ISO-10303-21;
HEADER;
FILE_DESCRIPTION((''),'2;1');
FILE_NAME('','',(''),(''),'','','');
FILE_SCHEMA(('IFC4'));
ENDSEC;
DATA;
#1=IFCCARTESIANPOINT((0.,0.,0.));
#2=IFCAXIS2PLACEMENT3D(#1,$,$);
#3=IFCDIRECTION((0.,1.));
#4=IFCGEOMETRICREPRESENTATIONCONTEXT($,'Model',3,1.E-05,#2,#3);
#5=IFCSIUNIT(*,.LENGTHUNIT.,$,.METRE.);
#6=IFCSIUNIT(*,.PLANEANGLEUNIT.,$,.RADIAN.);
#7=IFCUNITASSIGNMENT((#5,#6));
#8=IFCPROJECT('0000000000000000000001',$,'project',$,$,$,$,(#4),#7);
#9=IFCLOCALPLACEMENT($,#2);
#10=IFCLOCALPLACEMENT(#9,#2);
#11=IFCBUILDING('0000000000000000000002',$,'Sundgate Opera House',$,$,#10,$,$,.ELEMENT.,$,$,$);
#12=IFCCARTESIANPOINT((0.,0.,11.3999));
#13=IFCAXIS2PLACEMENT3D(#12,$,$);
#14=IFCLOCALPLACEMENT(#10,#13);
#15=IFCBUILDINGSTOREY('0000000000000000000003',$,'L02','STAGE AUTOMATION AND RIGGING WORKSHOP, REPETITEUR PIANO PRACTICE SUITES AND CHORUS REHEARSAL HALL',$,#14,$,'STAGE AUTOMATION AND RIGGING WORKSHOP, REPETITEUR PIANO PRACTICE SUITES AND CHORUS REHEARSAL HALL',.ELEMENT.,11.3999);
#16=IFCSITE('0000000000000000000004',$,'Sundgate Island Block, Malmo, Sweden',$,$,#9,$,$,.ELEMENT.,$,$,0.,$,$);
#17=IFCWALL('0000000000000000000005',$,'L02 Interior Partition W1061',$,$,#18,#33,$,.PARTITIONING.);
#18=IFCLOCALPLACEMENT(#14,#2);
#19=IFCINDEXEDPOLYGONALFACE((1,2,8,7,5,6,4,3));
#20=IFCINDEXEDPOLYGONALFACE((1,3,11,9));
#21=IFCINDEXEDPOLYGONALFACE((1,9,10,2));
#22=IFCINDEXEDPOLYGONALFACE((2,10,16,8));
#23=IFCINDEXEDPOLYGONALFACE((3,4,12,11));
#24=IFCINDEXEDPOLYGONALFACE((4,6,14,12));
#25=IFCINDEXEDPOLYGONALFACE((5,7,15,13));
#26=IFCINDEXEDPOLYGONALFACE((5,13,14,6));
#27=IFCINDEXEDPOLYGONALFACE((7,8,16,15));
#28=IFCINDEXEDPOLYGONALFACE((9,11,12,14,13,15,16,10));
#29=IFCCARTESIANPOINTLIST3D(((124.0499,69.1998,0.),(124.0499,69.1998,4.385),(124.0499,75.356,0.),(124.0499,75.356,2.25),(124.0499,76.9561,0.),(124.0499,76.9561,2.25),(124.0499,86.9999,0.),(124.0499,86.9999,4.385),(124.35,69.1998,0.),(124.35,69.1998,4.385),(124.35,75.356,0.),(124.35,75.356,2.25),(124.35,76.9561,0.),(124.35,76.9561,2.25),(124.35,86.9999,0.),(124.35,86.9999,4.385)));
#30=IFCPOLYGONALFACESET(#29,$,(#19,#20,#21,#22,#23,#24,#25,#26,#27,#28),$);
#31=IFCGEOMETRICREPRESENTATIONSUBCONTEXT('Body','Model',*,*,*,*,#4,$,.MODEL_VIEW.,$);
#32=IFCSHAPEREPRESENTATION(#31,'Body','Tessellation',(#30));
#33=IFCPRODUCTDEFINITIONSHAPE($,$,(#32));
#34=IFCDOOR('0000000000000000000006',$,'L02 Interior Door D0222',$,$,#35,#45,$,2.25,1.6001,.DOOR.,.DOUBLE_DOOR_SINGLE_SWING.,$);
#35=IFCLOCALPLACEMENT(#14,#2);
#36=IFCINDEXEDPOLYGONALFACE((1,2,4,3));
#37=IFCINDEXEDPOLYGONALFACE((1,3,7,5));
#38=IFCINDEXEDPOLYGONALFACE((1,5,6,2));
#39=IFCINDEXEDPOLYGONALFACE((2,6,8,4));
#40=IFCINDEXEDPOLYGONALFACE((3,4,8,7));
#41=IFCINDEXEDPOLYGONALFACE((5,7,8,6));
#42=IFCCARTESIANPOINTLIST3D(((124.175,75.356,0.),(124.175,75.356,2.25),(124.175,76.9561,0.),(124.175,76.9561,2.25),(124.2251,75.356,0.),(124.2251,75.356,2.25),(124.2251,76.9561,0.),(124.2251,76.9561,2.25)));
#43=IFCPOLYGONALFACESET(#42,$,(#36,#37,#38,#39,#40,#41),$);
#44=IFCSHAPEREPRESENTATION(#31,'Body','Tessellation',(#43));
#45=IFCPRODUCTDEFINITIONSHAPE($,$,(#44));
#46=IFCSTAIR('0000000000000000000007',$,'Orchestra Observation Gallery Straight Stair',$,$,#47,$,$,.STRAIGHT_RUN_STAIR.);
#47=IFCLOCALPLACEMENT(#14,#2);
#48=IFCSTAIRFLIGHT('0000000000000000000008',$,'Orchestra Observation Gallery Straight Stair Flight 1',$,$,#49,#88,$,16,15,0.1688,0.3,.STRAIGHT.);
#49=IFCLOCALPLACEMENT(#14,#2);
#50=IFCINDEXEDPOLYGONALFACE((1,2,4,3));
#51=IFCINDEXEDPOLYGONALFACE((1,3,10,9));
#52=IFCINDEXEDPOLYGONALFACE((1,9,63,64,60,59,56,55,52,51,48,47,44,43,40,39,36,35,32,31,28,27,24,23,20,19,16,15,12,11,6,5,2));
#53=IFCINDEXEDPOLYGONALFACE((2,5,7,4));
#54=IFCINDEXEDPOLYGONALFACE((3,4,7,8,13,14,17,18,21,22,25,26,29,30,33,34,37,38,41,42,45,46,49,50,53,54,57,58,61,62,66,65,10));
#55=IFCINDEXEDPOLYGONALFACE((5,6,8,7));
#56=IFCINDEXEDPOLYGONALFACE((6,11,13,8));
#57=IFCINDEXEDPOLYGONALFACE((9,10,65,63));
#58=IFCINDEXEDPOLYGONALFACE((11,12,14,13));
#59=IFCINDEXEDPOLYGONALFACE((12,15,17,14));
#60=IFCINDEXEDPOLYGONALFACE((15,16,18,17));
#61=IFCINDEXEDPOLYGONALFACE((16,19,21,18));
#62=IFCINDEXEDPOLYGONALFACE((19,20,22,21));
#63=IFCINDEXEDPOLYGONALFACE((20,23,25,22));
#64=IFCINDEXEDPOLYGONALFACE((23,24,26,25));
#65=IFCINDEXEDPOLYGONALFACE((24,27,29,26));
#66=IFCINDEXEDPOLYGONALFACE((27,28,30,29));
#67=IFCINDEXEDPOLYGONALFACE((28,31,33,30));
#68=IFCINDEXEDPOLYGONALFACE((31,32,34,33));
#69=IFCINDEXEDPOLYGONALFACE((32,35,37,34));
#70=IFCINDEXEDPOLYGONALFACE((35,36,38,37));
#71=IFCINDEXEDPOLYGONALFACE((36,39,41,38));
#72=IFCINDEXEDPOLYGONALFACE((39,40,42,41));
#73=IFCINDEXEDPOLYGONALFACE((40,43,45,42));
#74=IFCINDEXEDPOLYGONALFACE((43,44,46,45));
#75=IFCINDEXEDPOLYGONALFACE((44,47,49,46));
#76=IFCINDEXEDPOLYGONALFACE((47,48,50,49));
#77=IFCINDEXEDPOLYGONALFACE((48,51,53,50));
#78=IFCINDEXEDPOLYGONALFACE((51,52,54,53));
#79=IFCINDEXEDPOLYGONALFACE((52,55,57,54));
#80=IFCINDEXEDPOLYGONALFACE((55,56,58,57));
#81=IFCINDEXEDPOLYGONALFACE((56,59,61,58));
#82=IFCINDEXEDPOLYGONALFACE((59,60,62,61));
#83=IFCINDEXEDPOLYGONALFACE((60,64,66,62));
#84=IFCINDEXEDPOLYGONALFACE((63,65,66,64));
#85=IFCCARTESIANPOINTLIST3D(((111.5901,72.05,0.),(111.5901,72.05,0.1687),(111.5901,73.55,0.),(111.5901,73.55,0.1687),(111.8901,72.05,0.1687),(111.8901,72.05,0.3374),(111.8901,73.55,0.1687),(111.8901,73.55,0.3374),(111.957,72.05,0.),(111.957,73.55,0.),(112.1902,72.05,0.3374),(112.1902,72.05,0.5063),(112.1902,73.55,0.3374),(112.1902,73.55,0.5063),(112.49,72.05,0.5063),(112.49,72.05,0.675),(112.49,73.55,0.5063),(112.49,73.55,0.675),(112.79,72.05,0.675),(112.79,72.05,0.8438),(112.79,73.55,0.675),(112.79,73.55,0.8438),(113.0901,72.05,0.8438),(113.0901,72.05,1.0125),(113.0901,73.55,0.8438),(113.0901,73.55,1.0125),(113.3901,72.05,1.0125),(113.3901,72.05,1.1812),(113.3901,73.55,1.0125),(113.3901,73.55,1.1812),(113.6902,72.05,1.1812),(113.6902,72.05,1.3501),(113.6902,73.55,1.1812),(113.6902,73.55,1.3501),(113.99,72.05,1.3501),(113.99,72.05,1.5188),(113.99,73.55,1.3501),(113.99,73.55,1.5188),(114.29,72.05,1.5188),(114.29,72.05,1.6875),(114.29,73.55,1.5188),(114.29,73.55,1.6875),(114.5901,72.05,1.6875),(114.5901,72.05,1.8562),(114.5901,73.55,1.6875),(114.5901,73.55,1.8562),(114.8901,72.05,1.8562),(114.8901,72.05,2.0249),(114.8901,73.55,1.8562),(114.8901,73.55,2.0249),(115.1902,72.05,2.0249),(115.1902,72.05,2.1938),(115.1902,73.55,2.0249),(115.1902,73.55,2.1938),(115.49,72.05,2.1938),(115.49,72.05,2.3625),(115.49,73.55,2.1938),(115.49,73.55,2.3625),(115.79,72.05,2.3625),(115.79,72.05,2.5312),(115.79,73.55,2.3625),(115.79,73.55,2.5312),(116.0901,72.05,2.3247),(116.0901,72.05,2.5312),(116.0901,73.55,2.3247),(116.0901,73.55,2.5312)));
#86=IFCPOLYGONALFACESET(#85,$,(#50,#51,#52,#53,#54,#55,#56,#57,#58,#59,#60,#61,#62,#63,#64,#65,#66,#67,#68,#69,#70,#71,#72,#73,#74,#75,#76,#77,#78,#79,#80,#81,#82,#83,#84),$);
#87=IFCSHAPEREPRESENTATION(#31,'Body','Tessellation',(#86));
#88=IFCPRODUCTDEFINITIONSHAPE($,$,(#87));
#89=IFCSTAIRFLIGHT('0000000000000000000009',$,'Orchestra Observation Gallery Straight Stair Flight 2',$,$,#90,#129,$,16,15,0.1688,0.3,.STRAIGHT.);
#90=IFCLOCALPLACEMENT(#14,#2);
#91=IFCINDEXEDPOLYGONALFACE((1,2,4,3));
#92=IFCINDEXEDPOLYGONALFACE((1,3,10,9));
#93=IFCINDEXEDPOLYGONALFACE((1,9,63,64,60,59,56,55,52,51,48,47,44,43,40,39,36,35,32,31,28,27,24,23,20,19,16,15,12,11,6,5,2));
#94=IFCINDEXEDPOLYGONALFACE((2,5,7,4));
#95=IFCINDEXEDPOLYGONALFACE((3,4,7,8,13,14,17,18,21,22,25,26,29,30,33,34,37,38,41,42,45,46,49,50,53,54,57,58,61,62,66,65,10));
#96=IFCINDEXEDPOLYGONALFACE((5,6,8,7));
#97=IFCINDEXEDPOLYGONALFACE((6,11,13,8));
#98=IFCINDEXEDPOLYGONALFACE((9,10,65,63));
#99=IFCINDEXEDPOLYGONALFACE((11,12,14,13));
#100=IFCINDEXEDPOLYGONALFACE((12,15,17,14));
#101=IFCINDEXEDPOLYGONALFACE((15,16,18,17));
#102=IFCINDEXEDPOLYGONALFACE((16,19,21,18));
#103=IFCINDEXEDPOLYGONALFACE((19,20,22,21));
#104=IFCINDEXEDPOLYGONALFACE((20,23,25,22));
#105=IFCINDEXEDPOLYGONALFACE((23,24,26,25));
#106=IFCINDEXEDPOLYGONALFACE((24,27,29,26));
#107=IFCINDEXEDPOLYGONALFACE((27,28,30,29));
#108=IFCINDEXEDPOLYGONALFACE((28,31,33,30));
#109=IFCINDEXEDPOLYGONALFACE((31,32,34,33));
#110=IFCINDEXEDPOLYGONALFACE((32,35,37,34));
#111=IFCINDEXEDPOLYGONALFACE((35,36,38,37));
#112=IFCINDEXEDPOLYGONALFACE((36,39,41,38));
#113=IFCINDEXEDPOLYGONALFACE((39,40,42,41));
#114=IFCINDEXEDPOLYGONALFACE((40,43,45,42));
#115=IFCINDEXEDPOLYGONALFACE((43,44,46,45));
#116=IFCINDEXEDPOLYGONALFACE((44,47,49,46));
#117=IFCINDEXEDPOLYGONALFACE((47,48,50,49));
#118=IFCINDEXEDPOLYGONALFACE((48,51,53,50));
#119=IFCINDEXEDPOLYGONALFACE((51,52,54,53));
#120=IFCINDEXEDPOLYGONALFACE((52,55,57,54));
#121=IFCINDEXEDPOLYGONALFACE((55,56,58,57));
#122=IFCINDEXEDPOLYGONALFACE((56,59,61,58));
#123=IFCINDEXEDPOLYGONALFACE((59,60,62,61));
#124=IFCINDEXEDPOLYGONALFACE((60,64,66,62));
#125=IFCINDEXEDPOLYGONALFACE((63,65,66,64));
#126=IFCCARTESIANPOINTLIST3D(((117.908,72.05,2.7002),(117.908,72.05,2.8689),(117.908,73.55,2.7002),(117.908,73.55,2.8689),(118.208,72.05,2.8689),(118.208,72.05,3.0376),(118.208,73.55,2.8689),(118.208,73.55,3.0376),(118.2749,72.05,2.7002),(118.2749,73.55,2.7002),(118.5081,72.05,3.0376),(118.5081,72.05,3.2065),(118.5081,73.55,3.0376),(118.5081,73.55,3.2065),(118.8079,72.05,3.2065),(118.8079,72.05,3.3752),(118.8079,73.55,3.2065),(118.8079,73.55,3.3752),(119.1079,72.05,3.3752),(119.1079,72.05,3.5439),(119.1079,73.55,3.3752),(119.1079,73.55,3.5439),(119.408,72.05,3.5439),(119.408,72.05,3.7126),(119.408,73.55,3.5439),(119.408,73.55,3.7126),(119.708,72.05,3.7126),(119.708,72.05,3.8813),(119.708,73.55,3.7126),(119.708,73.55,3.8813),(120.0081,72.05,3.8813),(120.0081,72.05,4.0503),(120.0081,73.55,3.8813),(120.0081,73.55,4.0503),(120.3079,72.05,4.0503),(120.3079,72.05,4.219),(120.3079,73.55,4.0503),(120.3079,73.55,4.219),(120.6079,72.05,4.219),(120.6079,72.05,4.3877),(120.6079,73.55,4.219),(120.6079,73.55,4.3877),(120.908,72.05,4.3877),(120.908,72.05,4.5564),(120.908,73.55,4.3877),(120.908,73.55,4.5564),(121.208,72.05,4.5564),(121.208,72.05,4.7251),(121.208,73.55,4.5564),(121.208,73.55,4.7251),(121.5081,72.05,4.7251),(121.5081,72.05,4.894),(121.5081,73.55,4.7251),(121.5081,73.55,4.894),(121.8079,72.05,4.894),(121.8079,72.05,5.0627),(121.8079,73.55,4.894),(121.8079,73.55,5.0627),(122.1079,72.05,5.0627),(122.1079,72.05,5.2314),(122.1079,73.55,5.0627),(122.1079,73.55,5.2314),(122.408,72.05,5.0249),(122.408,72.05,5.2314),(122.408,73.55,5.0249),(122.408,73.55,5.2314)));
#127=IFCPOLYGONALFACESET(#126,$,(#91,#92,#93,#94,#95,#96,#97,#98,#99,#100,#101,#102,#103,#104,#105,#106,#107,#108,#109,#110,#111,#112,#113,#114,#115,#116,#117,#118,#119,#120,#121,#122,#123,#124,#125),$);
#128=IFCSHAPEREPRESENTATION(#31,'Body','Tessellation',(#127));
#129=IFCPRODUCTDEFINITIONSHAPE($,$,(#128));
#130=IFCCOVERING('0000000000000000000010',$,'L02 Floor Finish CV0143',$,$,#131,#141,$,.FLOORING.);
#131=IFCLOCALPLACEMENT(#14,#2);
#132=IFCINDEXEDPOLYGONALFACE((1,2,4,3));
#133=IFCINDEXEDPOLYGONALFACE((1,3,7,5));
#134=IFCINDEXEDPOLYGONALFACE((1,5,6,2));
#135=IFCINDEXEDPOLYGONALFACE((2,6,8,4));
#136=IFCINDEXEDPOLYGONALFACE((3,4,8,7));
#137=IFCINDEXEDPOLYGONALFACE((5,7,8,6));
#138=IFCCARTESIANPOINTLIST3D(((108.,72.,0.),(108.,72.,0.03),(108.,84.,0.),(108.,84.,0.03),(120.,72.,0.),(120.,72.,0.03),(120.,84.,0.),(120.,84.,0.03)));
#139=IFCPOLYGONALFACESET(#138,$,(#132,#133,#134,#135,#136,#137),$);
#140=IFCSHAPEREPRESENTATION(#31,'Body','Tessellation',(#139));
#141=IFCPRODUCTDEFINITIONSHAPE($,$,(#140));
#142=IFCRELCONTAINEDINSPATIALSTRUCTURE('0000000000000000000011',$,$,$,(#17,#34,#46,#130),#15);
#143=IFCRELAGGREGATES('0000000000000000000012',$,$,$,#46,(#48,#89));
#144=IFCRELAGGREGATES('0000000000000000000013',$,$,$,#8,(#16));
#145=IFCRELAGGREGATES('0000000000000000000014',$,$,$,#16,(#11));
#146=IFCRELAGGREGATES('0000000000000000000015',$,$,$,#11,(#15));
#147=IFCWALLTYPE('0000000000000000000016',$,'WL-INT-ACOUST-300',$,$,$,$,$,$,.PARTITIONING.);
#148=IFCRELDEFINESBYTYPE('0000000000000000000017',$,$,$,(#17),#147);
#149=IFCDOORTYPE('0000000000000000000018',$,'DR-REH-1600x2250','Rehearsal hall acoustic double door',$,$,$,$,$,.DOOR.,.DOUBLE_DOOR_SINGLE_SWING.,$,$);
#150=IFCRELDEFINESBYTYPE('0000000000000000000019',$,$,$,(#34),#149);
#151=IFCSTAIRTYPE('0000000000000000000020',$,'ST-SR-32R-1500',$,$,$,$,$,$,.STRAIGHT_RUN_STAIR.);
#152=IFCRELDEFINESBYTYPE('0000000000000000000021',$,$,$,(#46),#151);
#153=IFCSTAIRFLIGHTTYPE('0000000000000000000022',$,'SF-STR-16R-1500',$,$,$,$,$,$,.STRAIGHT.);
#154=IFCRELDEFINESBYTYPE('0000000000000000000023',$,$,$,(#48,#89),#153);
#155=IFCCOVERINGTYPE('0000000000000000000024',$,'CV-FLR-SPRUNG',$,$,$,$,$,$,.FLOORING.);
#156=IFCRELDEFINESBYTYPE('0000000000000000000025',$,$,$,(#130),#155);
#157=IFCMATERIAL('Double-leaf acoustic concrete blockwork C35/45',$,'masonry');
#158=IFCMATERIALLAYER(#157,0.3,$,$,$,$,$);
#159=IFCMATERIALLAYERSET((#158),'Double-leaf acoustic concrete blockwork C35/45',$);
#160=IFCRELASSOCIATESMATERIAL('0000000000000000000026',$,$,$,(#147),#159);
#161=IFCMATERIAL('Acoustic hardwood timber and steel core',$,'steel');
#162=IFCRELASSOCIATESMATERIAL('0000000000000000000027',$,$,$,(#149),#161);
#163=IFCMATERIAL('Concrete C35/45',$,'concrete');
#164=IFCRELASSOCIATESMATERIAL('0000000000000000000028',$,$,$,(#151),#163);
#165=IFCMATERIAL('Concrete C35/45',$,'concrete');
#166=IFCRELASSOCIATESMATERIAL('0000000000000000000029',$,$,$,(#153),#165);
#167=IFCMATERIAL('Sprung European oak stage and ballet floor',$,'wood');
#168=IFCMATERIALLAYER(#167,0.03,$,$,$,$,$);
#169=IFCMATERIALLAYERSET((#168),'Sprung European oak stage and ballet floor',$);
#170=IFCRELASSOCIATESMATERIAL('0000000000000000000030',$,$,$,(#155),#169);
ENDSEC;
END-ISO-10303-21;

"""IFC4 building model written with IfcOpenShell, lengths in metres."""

from ifc_helpers import new_model, si_unit, direction, frame, frame_2d, origin, origin_2d, place, context, subcontext, project, spatial, polyline, rectangle, outline, extrude, material, layer, layer_set, type_object, element, fill, aggregate, save


model = new_model("IFC4")

# Units and contexts
model_context = context("Model", 3, precision=1e-05, world=origin(), true_north=direction((0.0, 1.0)))
body_context = subcontext(model_context, "Body", "Model", "MODEL_VIEW")
ifc_project = project(units=[si_unit("LENGTHUNIT", "METRE"), si_unit("PLANEANGLEUNIT", "RADIAN")], contexts=[model_context])

# Site, building, storey
site_placement = place(None, origin())
site = spatial("IfcSite", under=ifc_project, at=site_placement, Name="Sundgate Island Block, Malmo, Sweden", CompositionType="ELEMENT", RefElevation=0.0)
building_placement = place(site_placement, origin())
building = spatial("IfcBuilding", under=site, at=building_placement, Name="Sundgate Opera House", CompositionType="ELEMENT")
storey_placement = place(building_placement, frame((0.0, 0.0, 11.3999)))
storey = spatial("IfcBuildingStorey", under=building, at=storey_placement, Name="L02", Description="STAGE AUTOMATION AND RIGGING WORKSHOP, REPETITEUR PIANO PRACTICE SUITES AND CHORUS REHEARSAL HALL", LongName="STAGE AUTOMATION AND RIGGING WORKSHOP, REPETITEUR PIANO PRACTICE SUITES AND CHORUS REHEARSAL HALL", CompositionType="ELEMENT", Elevation=11.3999)

# Wall, opening, door
ifc_material_1 = material(Name="Double-leaf acoustic concrete blockwork C35/45", Category="masonry")
ifc_layer_1 = layer(ifc_material_1, 0.3)
ifc_layer_set_1 = layer_set([ifc_layer_1], Name="Double-leaf acoustic concrete blockwork C35/45")
wall_type = type_object("IfcWallType", Name="WL-INT-ACOUST-300", PredefinedType="PARTITIONING", material=ifc_layer_set_1)
wall_placement = place(storey_placement, frame((124.2, 69.2, 0.0), z_axis=(0.0, 0.0, 1.0), x_axis=(0.0, 1.0, 0.0)))
wall = element("IfcWall", 1, at=wall_placement, inside=storey, type_object=wall_type, Name="L02 Interior Partition W1061", PredefinedType="PARTITIONING", context=body_context, shape_type="SweptSolid", body=[
    extrude(rectangle(XDim=17.8, YDim=0.3, at=frame_2d((8.8999, 0.0))), origin(), (0.0, 0.0, 1.0), 4.385),
])
opening_placement = place(wall_placement, frame((6.156, 0.0, 0.0)))
opening = element("IfcOpeningElement", 2, at=opening_placement, cuts=wall, PredefinedType="OPENING", context=body_context, shape_type="SweptSolid", body=[
    extrude(rectangle(XDim=1.6001, YDim=2.25, at=frame_2d((0.8, 1.125))), frame((0.0, 0.1599, 0.0), z_axis=(0.0, -1.0, 0.0), x_axis=(1.0, 0.0, 0.0)), (0.0, 0.0, 1.0), 0.3201),
])
ifc_material_2 = material(Name="Acoustic hardwood timber and steel core", Category="steel")
door_type = type_object("IfcDoorType", Name="DR-REH-1600x2250", Description="Rehearsal hall acoustic double door", OperationType="DOUBLE_DOOR_SINGLE_SWING", PredefinedType="DOOR", material=ifc_material_2)
door_placement = place(opening_placement, origin())
door = element("IfcDoor", 3, at=door_placement, inside=storey, type_object=door_type, Name="L02 Interior Door D0222", OperationType="DOUBLE_DOOR_SINGLE_SWING", OverallHeight=2.25, OverallWidth=1.6001, PredefinedType="DOOR", context=body_context, shape_type="SweptSolid", body=[
    extrude(rectangle(XDim=1.6001, YDim=2.25, at=frame_2d((0.8, 1.125))), frame((0.0, 0.0249, 0.0), z_axis=(0.0, -1.0, 0.0), x_axis=(1.0, 0.0, 0.0)), (0.0, 0.0, 1.0), 0.05),
])
fill(opening, door)

# Stair, stair flights
ifc_material_3 = material(Name="Concrete C35/45", Category="concrete")
stair_type = type_object("IfcStairType", Name="ST-SR-32R-1500", PredefinedType="STRAIGHT_RUN_STAIR", material=ifc_material_3)
stair_placement = place(storey_placement, origin())
stair = element("IfcStair", 4, at=stair_placement, inside=storey, type_object=stair_type, Name="Orchestra Observation Gallery Straight Stair", PredefinedType="STRAIGHT_RUN_STAIR")
ifc_material_4 = material(Name="Concrete C35/45", Category="concrete")
stair_flight_type = type_object("IfcStairFlightType", Name="SF-STR-16R-1500", PredefinedType="STRAIGHT", material=ifc_material_4)
stair_flight_1_placement = place(storey_placement, frame((111.5901, 72.8, 0.0), z_axis=(0.0, 0.0, 1.0), x_axis=(1.0, 0.0, 0.0)))
stair_flight_1 = element("IfcStairFlight", 5, at=stair_flight_1_placement, type_object=stair_flight_type, Name="Orchestra Observation Gallery Straight Stair Flight 1", NumberOfRisers=16, NumberOfTreads=15, PredefinedType="STRAIGHT", RiserHeight=0.1688, TreadLength=0.3, context=body_context, shape_type="SweptSolid", body=[
    extrude(outline(polyline([(0.0, 0.0), (0.0, 0.1687), (0.3, 0.1687), (0.3, 0.3374), (0.6001, 0.3374), (0.6001, 0.5063), (0.8999, 0.5063), (0.8999, 0.675), (1.2, 0.675), (1.2, 0.8438), (1.5, 0.8438), (1.5, 1.0125), (1.8, 1.0125), (1.8, 1.1812), (2.1001, 1.1812), (2.1001, 1.3501), (2.3999, 1.3501), (2.3999, 1.5188), (2.7, 1.5188), (2.7, 1.6875), (3.0, 1.6875), (3.0, 1.8562), (3.3, 1.8562), (3.3, 2.0249), (3.6001, 2.0249), (3.6001, 2.1938), (3.8999, 2.1938), (3.8999, 2.3625), (4.2, 2.3625), (4.2, 2.5312), (4.5, 2.5312), (4.5, 2.7), (4.5, 2.3247), (0.3669, 0.0), (0.0, 0.0)])), frame((0.0, 0.75, 0.0), z_axis=(0.0, -1.0, 0.0), x_axis=(1.0, 0.0, 0.0)), (0.0, 0.0, 1.0), 1.5),
])
stair_flight_2_placement = place(storey_placement, frame((117.908, 72.8, 2.7002), z_axis=(0.0, 0.0, 1.0), x_axis=(1.0, 0.0, 0.0)))
stair_flight_2 = element("IfcStairFlight", 6, at=stair_flight_2_placement, type_object=stair_flight_type, Name="Orchestra Observation Gallery Straight Stair Flight 2", NumberOfRisers=16, NumberOfTreads=15, PredefinedType="STRAIGHT", RiserHeight=0.1688, TreadLength=0.3, context=body_context, shape_type="SweptSolid", body=[
    extrude(outline(polyline([(0.0, 0.0), (0.0, 0.1687), (0.3, 0.1687), (0.3, 0.3374), (0.6001, 0.3374), (0.6001, 0.5063), (0.8999, 0.5063), (0.8999, 0.675), (1.2, 0.675), (1.2, 0.8438), (1.5, 0.8438), (1.5, 1.0125), (1.8, 1.0125), (1.8, 1.1812), (2.1001, 1.1812), (2.1001, 1.3501), (2.3999, 1.3501), (2.3999, 1.5188), (2.7, 1.5188), (2.7, 1.6875), (3.0, 1.6875), (3.0, 1.8562), (3.3, 1.8562), (3.3, 2.0249), (3.6001, 2.0249), (3.6001, 2.1938), (3.8999, 2.1938), (3.8999, 2.3625), (4.2, 2.3625), (4.2, 2.5312), (4.5, 2.5312), (4.5, 2.7), (4.5, 2.3247), (0.3669, 0.0), (0.0, 0.0)])), frame((0.0, 0.75, 0.0), z_axis=(0.0, -1.0, 0.0), x_axis=(1.0, 0.0, 0.0)), (0.0, 0.0, 1.0), 1.5),
])
aggregate(stair, [stair_flight_1, stair_flight_2])

# Covering
ifc_material_5 = material(Name="Sprung European oak stage and ballet floor", Category="wood")
ifc_layer_2 = layer(ifc_material_5, 0.03)
ifc_layer_set_2 = layer_set([ifc_layer_2], Name="Sprung European oak stage and ballet floor")
covering_type = type_object("IfcCoveringType", Name="CV-FLR-SPRUNG", PredefinedType="FLOORING", material=ifc_layer_set_2)
covering_placement = place(storey_placement, frame((114.0, 78.0, 0.0), z_axis=(0.0, 0.0, 1.0), x_axis=(1.0, 0.0, 0.0)))
element("IfcCovering", 7, at=covering_placement, inside=storey, type_object=covering_type, Name="L02 Floor Finish CV0143", PredefinedType="FLOORING", context=body_context, shape_type="SweptSolid", body=[
    extrude(rectangle(XDim=12.0, YDim=12.0, at=origin_2d()), origin(), (0.0, 0.0, 1.0), 0.03),
])

save(model, "model.ifc")
